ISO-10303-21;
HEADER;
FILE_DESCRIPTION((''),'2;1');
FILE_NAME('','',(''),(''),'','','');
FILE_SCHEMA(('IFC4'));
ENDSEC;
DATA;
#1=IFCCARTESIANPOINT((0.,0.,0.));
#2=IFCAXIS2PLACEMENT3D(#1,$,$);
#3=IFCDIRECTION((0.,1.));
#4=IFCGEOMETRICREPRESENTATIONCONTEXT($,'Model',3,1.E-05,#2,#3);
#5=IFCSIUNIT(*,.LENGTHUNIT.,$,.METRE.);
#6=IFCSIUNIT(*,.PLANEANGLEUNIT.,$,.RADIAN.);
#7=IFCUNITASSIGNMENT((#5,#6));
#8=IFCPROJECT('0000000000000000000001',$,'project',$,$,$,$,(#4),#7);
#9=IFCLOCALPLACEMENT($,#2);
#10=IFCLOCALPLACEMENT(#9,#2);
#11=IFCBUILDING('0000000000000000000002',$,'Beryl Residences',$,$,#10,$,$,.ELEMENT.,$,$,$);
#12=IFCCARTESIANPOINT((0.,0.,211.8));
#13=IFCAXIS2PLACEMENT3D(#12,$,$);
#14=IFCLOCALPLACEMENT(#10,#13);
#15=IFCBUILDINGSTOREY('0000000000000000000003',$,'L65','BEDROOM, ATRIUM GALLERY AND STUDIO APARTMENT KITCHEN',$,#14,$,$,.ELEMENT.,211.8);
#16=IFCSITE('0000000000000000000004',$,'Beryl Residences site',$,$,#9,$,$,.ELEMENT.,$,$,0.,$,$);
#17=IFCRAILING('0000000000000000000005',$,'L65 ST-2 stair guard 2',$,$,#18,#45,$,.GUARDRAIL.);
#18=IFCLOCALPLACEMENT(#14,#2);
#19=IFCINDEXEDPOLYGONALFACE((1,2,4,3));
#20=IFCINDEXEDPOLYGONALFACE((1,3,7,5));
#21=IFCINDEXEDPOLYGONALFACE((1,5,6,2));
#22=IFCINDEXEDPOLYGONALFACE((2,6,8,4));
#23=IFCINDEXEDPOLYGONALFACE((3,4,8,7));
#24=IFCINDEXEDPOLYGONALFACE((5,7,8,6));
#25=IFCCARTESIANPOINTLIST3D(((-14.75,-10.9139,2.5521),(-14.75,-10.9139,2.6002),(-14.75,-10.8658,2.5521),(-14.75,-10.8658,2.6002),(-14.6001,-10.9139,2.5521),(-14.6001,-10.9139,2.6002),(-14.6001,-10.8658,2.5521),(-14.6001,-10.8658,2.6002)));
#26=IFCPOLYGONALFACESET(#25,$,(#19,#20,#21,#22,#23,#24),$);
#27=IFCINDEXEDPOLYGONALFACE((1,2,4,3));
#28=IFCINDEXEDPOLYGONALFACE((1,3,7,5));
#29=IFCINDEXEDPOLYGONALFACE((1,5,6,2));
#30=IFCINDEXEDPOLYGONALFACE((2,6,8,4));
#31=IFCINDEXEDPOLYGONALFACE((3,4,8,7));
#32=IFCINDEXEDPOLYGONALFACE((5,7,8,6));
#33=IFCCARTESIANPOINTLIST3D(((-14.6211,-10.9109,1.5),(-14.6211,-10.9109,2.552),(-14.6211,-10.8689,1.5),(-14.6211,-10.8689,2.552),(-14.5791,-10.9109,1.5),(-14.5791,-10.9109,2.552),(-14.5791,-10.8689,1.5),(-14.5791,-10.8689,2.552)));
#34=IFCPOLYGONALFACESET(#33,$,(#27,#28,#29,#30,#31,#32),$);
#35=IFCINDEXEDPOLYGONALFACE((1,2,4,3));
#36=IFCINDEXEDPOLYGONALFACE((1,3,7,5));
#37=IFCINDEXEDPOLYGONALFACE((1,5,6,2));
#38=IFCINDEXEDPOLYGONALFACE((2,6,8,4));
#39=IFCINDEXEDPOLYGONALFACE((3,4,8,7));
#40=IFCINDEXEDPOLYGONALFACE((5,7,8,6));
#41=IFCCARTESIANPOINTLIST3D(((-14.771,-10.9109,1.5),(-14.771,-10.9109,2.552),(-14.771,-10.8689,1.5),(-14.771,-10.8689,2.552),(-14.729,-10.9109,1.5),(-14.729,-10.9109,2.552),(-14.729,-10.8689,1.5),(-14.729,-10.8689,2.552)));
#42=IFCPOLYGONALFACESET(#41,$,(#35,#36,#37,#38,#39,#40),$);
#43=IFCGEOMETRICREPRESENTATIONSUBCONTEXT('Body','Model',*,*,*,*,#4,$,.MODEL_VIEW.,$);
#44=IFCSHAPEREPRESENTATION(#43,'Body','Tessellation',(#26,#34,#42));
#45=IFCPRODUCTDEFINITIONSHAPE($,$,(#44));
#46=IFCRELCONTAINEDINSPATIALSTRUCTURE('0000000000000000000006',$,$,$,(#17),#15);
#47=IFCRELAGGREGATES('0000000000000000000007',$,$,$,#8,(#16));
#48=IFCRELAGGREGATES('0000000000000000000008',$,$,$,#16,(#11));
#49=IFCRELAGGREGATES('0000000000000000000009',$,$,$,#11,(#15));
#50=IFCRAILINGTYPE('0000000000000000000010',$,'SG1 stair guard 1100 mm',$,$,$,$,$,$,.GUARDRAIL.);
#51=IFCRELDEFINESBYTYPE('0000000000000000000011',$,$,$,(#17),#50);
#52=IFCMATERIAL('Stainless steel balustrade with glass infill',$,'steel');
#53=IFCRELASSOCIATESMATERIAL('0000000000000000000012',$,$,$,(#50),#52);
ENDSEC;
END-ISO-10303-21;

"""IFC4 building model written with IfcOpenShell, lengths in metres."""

from ifc_helpers import new_model, si_unit, direction, frame, origin, origin_2d, place, context, subcontext, project, spatial, rectangle, extrude, material, type_object, element, save


model = new_model("IFC4")

# Units and contexts
model_context = context("Model", 3, precision=1e-05, world=origin(), true_north=direction((0.0, 1.0)))
body_context = subcontext(model_context, "Body", "Model", "MODEL_VIEW")
ifc_project = project(units=[si_unit("LENGTHUNIT", "METRE"), si_unit("PLANEANGLEUNIT", "RADIAN")], contexts=[model_context])

# Site, building, storey
site_placement = place(None, origin())
site = spatial("IfcSite", under=ifc_project, at=site_placement, Name="Beryl Residences site", CompositionType="ELEMENT", RefElevation=0.0)
building_placement = place(site_placement, origin())
building = spatial("IfcBuilding", under=site, at=building_placement, Name="Beryl Residences", CompositionType="ELEMENT")
storey_placement = place(building_placement, frame((0.0, 0.0, 211.8)))
storey = spatial("IfcBuildingStorey", under=building, at=storey_placement, Name="L65", Description="BEDROOM, ATRIUM GALLERY AND STUDIO APARTMENT KITCHEN", CompositionType="ELEMENT", Elevation=211.8)

# Railing
ifc_material_1 = material(Name="Stainless steel balustrade with glass infill", Category="steel")
railing_type = type_object("IfcRailingType", Name="SG1 stair guard 1100 mm", PredefinedType="GUARDRAIL", material=ifc_material_1)
railing_placement = place(storey_placement, frame((-14.6001, -10.8899, 1.5)))
element("IfcRailing", 1, at=railing_placement, inside=storey, type_object=railing_type, Name="L65 ST-2 stair guard 2", PredefinedType="GUARDRAIL", context=body_context, shape_type="SweptSolid", body=[
    extrude(rectangle(XDim=0.0481, YDim=0.0481, at=origin_2d()), frame((0.0, 0.0, 1.0762), z_axis=(-1.0, 0.0, 0.0), x_axis=(0.0, -1.0, 0.0)), (0.0, 0.0, 1.0), 0.1499),
    extrude(rectangle(XDim=0.042, YDim=0.042, at=origin_2d()), origin(), (0.0, 0.0, 1.0), 1.052),
    extrude(rectangle(XDim=0.042, YDim=0.042, at=origin_2d()), frame((-0.1499, 0.0, 0.0)), (0.0, 0.0, 1.0), 1.052),
])

save(model, "model.ifc")
